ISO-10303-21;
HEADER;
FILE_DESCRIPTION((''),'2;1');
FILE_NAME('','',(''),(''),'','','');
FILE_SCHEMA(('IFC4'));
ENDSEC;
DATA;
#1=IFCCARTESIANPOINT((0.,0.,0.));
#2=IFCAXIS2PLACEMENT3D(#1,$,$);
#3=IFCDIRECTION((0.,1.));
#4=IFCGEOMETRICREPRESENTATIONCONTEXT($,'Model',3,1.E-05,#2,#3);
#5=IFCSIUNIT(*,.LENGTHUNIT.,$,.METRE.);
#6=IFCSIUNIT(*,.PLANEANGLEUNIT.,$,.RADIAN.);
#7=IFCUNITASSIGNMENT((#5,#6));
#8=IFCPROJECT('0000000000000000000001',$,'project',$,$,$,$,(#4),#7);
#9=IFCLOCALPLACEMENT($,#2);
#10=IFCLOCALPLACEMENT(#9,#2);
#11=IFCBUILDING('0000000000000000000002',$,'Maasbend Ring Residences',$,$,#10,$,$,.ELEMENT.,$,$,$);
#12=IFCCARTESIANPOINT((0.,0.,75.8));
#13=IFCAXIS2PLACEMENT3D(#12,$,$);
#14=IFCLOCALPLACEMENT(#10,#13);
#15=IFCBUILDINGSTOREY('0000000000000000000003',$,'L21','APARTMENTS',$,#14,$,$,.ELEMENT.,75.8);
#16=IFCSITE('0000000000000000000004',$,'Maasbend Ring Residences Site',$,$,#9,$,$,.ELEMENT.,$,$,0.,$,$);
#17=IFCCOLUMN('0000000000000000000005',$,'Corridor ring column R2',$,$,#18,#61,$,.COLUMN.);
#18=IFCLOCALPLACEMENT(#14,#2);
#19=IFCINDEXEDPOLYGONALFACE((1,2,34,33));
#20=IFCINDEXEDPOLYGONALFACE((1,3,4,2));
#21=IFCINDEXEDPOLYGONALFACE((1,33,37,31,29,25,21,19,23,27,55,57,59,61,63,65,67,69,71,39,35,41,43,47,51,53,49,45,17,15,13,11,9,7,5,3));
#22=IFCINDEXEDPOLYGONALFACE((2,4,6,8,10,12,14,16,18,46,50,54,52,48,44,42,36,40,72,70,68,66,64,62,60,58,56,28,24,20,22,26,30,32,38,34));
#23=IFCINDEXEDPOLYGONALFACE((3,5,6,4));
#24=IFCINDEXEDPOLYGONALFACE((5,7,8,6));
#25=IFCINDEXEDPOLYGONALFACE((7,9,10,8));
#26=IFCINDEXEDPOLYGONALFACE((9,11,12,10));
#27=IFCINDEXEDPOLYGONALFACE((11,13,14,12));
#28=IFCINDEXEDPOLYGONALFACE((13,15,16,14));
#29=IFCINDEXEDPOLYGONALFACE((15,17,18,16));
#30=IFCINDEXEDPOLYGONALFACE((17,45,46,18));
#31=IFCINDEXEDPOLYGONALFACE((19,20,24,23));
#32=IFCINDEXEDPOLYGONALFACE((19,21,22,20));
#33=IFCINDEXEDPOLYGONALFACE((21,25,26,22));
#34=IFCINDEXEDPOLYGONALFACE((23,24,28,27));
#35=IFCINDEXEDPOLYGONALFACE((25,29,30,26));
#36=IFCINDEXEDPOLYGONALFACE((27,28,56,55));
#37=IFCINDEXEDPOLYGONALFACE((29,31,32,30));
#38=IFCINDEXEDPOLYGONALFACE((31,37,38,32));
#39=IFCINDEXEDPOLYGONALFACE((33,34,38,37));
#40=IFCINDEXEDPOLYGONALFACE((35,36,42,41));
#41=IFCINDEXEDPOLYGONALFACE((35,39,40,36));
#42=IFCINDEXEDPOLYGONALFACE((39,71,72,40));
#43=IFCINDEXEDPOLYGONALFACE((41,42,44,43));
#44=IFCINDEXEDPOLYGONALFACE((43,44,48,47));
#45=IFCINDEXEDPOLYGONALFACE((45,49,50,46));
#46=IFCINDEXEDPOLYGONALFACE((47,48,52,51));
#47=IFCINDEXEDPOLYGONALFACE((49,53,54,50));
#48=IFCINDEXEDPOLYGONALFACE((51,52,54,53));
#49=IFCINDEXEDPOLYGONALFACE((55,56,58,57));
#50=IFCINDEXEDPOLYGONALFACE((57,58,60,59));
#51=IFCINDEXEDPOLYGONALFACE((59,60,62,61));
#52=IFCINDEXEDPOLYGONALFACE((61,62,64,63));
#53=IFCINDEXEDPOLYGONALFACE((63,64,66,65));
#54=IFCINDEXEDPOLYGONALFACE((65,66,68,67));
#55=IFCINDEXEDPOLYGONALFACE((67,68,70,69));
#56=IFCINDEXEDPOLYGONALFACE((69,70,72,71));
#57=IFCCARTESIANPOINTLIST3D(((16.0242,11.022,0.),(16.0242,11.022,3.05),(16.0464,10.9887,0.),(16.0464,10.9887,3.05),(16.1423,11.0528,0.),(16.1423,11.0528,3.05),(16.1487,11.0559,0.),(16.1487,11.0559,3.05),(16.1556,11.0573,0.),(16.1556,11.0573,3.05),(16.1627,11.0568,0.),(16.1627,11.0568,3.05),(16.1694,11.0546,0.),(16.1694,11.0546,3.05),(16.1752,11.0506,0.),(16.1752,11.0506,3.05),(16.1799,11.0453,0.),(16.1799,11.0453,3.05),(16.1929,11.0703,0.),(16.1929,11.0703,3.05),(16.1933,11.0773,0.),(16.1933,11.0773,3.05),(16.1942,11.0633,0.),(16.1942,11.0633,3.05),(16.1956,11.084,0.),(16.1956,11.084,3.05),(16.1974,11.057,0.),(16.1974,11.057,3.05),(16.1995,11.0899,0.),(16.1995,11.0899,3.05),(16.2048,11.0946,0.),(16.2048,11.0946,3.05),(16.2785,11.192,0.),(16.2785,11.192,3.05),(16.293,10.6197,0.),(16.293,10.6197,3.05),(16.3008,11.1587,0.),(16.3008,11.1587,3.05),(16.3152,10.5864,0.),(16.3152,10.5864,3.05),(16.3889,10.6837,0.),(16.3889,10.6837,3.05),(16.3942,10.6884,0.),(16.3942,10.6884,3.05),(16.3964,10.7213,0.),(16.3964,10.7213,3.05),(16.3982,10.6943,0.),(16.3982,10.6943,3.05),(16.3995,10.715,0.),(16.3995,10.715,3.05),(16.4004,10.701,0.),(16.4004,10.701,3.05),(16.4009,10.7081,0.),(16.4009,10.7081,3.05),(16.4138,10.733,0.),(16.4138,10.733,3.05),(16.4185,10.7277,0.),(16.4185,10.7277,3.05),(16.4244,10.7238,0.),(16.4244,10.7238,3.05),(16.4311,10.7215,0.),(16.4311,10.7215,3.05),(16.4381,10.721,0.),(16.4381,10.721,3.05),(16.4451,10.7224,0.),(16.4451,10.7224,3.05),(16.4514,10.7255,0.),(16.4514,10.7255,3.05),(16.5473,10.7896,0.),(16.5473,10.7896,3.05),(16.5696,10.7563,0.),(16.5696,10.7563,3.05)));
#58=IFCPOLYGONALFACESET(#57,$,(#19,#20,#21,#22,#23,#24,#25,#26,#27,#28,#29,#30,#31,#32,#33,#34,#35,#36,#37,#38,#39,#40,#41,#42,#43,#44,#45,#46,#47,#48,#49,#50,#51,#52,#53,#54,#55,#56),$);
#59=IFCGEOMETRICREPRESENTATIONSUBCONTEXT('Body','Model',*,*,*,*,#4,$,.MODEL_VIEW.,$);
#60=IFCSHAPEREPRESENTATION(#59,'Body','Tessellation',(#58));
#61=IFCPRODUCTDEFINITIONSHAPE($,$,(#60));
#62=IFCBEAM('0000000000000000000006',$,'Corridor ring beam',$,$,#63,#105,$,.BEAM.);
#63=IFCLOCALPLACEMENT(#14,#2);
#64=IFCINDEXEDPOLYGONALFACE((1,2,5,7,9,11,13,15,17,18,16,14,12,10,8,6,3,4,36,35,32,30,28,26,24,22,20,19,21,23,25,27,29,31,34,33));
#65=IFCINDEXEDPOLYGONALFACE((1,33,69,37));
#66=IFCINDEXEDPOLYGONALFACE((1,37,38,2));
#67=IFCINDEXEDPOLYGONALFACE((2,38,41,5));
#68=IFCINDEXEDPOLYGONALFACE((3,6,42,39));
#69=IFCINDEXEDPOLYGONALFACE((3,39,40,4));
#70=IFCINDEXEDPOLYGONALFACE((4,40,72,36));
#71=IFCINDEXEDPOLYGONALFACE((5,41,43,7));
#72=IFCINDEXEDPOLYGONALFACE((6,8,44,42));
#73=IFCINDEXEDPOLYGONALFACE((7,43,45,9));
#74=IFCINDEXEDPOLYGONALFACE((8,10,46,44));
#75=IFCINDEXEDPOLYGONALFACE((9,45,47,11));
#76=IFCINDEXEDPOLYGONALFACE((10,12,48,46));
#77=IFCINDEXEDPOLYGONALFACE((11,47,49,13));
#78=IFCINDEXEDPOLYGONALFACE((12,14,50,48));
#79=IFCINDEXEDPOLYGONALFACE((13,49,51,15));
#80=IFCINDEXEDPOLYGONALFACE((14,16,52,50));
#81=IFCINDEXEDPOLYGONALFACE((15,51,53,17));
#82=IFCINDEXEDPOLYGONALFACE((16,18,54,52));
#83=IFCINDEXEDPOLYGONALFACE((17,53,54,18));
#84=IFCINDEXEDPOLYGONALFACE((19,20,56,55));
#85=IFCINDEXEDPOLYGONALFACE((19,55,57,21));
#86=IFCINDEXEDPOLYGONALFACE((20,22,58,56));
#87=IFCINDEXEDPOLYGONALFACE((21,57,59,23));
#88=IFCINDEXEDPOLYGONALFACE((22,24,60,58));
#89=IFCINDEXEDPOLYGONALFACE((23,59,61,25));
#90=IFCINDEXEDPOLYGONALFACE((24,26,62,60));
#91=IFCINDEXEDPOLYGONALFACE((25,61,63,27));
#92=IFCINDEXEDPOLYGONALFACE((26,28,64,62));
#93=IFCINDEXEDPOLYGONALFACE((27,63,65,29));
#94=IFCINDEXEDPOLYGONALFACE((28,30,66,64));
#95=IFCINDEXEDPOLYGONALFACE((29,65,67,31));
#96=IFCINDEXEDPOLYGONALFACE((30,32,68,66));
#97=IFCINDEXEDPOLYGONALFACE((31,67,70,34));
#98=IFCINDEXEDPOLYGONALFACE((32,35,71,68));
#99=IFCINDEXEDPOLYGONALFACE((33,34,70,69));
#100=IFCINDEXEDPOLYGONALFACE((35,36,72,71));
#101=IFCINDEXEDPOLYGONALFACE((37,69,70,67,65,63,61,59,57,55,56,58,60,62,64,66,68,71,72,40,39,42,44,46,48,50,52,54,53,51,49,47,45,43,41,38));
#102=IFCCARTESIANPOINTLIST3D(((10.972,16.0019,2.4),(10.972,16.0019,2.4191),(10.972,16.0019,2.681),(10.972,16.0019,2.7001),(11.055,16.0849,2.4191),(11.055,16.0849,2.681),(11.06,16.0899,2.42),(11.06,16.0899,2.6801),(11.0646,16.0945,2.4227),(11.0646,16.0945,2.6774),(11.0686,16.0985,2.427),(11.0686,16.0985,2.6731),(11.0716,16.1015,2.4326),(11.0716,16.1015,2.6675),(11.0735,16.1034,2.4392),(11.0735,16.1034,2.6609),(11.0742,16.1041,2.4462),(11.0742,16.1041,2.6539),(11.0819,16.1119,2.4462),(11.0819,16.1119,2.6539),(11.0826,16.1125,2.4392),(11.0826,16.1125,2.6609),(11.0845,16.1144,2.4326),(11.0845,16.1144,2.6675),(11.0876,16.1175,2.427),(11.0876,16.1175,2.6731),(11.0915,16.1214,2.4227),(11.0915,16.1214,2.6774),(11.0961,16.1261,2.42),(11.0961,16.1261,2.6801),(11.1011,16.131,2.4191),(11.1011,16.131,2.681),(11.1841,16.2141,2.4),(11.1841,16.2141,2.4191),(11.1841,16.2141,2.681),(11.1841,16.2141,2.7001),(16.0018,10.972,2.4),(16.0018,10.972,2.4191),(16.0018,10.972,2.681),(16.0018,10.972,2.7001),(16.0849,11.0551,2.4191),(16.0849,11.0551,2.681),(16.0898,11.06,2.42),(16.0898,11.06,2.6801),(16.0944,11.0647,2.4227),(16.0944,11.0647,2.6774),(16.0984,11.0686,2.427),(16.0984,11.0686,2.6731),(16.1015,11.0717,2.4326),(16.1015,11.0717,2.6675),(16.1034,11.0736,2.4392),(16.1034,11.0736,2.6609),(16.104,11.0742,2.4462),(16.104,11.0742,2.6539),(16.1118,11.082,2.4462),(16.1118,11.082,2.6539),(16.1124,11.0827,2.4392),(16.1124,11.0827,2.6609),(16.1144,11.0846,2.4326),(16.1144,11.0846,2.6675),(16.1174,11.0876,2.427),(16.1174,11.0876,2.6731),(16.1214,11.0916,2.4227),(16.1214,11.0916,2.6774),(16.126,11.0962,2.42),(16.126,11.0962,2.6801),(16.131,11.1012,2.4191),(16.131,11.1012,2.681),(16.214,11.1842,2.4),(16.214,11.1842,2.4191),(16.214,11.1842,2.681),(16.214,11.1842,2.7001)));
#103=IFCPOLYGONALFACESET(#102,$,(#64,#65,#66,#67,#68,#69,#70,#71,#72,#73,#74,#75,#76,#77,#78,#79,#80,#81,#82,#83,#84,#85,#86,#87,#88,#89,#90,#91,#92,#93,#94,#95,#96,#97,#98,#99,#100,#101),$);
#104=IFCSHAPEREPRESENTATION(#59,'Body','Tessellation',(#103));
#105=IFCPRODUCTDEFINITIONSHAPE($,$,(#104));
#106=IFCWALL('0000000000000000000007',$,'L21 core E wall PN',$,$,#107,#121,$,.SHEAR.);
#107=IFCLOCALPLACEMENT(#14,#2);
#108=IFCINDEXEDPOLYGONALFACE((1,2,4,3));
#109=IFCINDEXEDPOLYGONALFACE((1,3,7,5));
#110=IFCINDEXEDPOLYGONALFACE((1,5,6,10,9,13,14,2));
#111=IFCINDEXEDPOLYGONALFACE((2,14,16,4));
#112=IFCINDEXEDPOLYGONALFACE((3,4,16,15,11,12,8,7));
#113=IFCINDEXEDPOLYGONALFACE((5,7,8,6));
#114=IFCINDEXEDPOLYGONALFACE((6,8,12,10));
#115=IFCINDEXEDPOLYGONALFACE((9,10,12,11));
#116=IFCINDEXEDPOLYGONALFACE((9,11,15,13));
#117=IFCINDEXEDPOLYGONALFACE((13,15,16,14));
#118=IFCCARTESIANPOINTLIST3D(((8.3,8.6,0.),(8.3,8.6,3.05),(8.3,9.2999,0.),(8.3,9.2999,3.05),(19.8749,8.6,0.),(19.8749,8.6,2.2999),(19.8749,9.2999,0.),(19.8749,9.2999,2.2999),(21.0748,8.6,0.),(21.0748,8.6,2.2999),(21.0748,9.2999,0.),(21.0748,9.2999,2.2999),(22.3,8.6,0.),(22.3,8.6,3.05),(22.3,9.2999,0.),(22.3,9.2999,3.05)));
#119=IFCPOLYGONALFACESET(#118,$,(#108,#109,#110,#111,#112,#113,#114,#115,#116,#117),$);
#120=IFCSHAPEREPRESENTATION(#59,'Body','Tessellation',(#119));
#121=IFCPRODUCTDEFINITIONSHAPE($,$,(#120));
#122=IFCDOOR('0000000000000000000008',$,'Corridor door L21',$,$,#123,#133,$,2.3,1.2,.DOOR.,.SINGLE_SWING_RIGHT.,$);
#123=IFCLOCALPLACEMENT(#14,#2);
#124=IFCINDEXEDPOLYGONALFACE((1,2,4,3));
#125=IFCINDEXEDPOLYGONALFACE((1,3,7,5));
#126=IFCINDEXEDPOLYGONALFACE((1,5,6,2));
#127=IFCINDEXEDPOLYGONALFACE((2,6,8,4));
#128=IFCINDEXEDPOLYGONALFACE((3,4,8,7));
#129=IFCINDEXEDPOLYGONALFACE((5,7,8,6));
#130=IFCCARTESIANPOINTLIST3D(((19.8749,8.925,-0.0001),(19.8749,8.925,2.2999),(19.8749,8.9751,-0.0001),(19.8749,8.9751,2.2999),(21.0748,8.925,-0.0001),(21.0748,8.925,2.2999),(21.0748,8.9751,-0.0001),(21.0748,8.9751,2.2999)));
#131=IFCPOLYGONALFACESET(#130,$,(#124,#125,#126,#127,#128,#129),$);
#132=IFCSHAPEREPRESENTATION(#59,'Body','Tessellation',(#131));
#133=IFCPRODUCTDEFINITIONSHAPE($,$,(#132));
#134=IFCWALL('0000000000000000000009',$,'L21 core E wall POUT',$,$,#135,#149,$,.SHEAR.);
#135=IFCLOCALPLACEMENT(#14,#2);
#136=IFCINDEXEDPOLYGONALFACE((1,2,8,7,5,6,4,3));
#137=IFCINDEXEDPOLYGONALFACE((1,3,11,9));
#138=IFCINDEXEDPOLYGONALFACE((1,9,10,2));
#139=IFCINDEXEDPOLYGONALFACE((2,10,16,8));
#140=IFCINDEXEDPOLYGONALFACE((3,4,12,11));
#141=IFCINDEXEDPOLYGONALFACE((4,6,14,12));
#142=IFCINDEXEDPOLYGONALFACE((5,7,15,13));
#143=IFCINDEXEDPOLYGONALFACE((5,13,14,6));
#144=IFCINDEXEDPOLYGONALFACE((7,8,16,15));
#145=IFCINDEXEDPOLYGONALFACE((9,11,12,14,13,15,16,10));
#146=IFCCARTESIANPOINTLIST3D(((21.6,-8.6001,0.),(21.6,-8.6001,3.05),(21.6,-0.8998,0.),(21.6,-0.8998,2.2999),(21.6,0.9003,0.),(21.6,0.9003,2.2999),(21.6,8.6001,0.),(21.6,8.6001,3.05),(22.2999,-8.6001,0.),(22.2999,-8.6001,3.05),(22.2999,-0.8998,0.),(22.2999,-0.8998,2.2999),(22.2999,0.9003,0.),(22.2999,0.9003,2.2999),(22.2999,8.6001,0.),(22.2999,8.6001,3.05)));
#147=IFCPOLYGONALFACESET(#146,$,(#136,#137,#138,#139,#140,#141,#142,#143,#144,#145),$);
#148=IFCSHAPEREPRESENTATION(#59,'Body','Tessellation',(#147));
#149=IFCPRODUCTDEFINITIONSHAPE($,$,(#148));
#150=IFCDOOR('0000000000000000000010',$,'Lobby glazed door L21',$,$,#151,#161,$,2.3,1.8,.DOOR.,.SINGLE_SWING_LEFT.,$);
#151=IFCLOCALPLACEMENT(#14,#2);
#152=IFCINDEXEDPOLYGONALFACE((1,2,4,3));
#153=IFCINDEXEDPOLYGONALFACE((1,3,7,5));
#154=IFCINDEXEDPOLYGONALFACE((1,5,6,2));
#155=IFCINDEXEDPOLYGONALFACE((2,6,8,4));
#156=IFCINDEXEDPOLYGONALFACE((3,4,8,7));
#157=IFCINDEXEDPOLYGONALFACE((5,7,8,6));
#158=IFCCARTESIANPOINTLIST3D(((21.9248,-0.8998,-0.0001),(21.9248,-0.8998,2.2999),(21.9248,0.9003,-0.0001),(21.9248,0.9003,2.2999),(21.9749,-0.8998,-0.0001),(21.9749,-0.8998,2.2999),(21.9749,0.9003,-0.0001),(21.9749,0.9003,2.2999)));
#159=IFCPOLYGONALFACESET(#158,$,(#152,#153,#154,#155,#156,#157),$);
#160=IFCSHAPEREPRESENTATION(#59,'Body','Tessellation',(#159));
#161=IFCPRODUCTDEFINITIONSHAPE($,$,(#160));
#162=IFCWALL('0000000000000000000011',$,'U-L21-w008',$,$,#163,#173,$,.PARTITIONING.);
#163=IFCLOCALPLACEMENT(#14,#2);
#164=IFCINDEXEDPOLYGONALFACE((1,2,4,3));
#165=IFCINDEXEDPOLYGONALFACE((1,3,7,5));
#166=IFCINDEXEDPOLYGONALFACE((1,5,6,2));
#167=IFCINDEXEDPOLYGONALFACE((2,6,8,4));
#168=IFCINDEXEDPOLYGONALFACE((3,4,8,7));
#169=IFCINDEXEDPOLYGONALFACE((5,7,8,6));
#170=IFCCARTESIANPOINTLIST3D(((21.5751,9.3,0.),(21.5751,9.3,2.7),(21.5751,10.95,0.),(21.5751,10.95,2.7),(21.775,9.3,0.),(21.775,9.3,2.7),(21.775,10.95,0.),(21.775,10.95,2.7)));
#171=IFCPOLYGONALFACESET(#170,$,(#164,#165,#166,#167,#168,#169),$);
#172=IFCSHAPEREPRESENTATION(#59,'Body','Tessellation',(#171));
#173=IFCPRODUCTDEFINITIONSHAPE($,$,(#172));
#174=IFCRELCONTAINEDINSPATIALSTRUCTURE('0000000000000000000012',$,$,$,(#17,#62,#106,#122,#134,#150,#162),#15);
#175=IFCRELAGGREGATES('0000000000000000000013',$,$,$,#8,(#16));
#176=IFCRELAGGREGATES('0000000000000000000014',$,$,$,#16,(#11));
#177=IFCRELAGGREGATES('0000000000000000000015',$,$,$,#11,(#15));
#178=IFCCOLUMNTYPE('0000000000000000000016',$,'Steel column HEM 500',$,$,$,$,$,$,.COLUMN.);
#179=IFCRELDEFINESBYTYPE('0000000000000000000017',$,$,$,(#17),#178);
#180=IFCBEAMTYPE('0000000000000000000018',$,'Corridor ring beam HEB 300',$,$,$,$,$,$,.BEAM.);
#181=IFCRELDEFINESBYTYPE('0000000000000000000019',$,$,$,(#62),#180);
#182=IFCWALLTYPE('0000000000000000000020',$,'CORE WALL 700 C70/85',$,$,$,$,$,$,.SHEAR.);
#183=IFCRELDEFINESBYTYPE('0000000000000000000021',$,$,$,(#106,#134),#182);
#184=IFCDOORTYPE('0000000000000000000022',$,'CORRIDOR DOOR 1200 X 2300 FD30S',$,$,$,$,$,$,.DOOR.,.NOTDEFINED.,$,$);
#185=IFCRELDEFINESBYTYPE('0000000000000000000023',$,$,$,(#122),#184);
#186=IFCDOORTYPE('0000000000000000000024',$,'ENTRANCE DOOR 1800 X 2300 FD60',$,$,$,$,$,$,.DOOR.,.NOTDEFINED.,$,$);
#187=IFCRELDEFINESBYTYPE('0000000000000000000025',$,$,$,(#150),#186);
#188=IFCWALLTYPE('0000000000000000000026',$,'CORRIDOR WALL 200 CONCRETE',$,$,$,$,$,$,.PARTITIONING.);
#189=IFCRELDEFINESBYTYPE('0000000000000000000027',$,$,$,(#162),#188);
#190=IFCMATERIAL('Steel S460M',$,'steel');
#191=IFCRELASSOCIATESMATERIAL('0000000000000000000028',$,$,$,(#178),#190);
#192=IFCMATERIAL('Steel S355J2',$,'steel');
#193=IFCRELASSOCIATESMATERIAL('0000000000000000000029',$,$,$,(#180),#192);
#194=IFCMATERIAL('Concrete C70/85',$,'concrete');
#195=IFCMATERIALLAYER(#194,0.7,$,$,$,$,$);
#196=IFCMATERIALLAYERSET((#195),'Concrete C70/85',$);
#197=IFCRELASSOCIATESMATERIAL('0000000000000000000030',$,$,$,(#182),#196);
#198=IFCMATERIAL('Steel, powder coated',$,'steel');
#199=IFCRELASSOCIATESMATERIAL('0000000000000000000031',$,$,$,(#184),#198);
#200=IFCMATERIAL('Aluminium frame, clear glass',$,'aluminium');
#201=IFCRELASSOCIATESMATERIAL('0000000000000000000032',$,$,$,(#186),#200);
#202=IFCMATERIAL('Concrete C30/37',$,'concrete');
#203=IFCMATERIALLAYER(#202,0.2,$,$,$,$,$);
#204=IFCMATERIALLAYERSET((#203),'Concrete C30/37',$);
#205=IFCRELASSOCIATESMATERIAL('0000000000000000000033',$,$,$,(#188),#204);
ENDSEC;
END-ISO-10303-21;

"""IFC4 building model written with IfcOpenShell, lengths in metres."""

from ifc_helpers import new_model, si_unit, direction, frame, frame_2d, origin, origin_2d, place, context, subcontext, project, spatial, rectangle, i_section, extrude, material, layer, layer_set, material_profile, profile_set, type_object, element, fill, save


model = new_model("IFC4")

# Units and contexts
model_context = context("Model", 3, precision=1e-05, world=origin(), true_north=direction((0.0, 1.0)))
body_context = subcontext(model_context, "Body", "Model", "MODEL_VIEW")
ifc_project = project(units=[si_unit("LENGTHUNIT", "METRE"), si_unit("PLANEANGLEUNIT", "RADIAN")], contexts=[model_context])

# Site, building, storey
site_placement = place(None, origin())
site = spatial("IfcSite", under=ifc_project, at=site_placement, Name="Maasbend Ring Residences Site", CompositionType="ELEMENT", RefElevation=0.0)
building_placement = place(site_placement, origin())
building = spatial("IfcBuilding", under=site, at=building_placement, Name="Maasbend Ring Residences", CompositionType="ELEMENT")
storey_placement = place(building_placement, frame((0.0, 0.0, 75.8)))
storey = spatial("IfcBuildingStorey", under=building, at=storey_placement, Name="L21", Description="APARTMENTS", CompositionType="ELEMENT", Elevation=75.8)

# Column
ifc_material_1 = material(Name="Steel S460M", Category="steel")
ifc_material_profile_1 = material_profile(ifc_material_1, i_section(OverallWidth=0.3059, OverallDepth=0.5239, WebThickness=0.021, FlangeThickness=0.04, FilletRadius=0.0271, at=origin_2d()), Name="HEM 500")
ifc_profile_set_1 = profile_set([ifc_material_profile_1], Name="Steel S460M")
column_type = type_object("IfcColumnType", Name="Steel column HEM 500", PredefinedType="COLUMN", material=ifc_profile_set_1)
column_placement = place(storey_placement, frame((16.2969, 10.8892, 0.0), z_axis=(0.0, 0.0, 1.0), x_axis=(0.83147, 0.55557, 0.0)))
element("IfcColumn", 1, at=column_placement, inside=storey, type_object=column_type, Name="Corridor ring column R2", PredefinedType="COLUMN", context=body_context, shape_type="SweptSolid", body=[
    extrude(i_section(OverallWidth=0.3059, OverallDepth=0.5239, WebThickness=0.021, FlangeThickness=0.04, FilletRadius=0.0271, at=origin_2d()), origin(), (0.0, 0.0, 1.0), 3.05),
])

# Beam
ifc_material_2 = material(Name="Steel S355J2", Category="steel")
ifc_material_profile_2 = material_profile(ifc_material_2, i_section(OverallWidth=0.3, OverallDepth=0.3, WebThickness=0.011, FlangeThickness=0.019, FilletRadius=0.0271, at=origin_2d()), Name="HEB 300")
ifc_profile_set_2 = profile_set([ifc_material_profile_2], Name="Steel S355J2")
beam_type = type_object("IfcBeamType", Name="Corridor ring beam HEB 300", PredefinedType="BEAM", material=ifc_profile_set_2)
beam_placement = place(storey_placement, frame((16.1079, 11.0781, 2.55), z_axis=(-0.707107, 0.707107, 0.0), x_axis=(-0.707107, -0.707107, 0.0)))
element("IfcBeam", 2, at=beam_placement, inside=storey, type_object=beam_type, Name="Corridor ring beam", PredefinedType="BEAM", context=body_context, shape_type="SweptSolid", body=[
    extrude(i_section(OverallWidth=0.3, OverallDepth=0.3, WebThickness=0.011, FlangeThickness=0.019, FilletRadius=0.0271, at=origin_2d()), origin(), (0.0, 0.0, 1.0), 7.1133),
])

# Walls, openings, doors
ifc_material_3 = material(Name="Concrete C70/85", Category="concrete")
ifc_layer_1 = layer(ifc_material_3, 0.7)
ifc_layer_set_1 = layer_set([ifc_layer_1], Name="Concrete C70/85")
wall_type_1 = type_object("IfcWallType", Name="CORE WALL 700 C70/85", PredefinedType="SHEAR", material=ifc_layer_set_1)
wall_1_placement = place(storey_placement, frame((22.3, 8.95, 0.0), z_axis=(0.0, 0.0, 1.0), x_axis=(-1.0, 0.0, 0.0)))
wall_1 = element("IfcWall", 3, at=wall_1_placement, inside=storey, type_object=wall_type_1, Name="L21 core E wall PN", PredefinedType="SHEAR", context=body_context, shape_type="SweptSolid", body=[
    extrude(rectangle(XDim=14.0, YDim=0.7, at=frame_2d((7.0, 0.0))), origin(), (0.0, 0.0, 1.0), 3.05),
])
opening_1_placement = place(wall_1_placement, frame((1.2251, 0.0, 0.0)))
opening_1 = element("IfcOpeningElement", 4, at=opening_1_placement, cuts=wall_1, PredefinedType="OPENING", context=body_context, shape_type="SweptSolid", body=[
    extrude(rectangle(XDim=1.2, YDim=2.3, at=frame_2d((0.6001, 1.1499))), frame((0.0, 0.3599, 0.0), z_axis=(0.0, -1.0, 0.0), x_axis=(1.0, 0.0, 0.0)), (0.0, 0.0, 1.0), 0.72),
])
ifc_material_4 = material(Name="Steel, powder coated", Category="steel")
door_type_1 = type_object("IfcDoorType", Name="CORRIDOR DOOR 1200 X 2300 FD30S", OperationType="NOTDEFINED", PredefinedType="DOOR", material=ifc_material_4)
door_1_placement = place(opening_1_placement, origin())
door_1 = element("IfcDoor", 5, at=door_1_placement, inside=storey, type_object=door_type_1, Name="Corridor door L21", OperationType="SINGLE_SWING_RIGHT", OverallHeight=2.3, OverallWidth=1.2, PredefinedType="DOOR", context=body_context, shape_type="SweptSolid", body=[
    extrude(rectangle(XDim=1.2, YDim=2.3, at=frame_2d((0.6001, 1.1499))), frame((0.0, 0.0249, 0.0), z_axis=(0.0, -1.0, 0.0), x_axis=(1.0, 0.0, 0.0)), (0.0, 0.0, 1.0), 0.05),
])
fill(opening_1, door_1)
wall_2_placement = place(storey_placement, frame((21.95, 8.6001, 0.0), z_axis=(0.0, 0.0, 1.0), x_axis=(0.0, -1.0, 0.0)))
wall_2 = element("IfcWall", 6, at=wall_2_placement, inside=storey, type_object=wall_type_1, Name="L21 core E wall POUT", PredefinedType="SHEAR", context=body_context, shape_type="SweptSolid", body=[
    extrude(rectangle(XDim=17.2002, YDim=0.7, at=frame_2d((8.6001, 0.0))), origin(), (0.0, 0.0, 1.0), 3.05),
])
opening_2_placement = place(wall_2_placement, frame((7.7, 0.0, 0.0)))
opening_2 = element("IfcOpeningElement", 7, at=opening_2_placement, cuts=wall_2, PredefinedType="OPENING", context=body_context, shape_type="SweptSolid", body=[
    extrude(rectangle(XDim=1.8, YDim=2.3, at=frame_2d((0.8999, 1.1499))), frame((0.0, 0.3599, 0.0), z_axis=(0.0, -1.0, 0.0), x_axis=(1.0, 0.0, 0.0)), (0.0, 0.0, 1.0), 0.72),
])
ifc_material_5 = material(Name="Aluminium frame, clear glass", Category="aluminium")
door_type_2 = type_object("IfcDoorType", Name="ENTRANCE DOOR 1800 X 2300 FD60", OperationType="NOTDEFINED", PredefinedType="DOOR", material=ifc_material_5)
door_2_placement = place(opening_2_placement, origin())
door_2 = element("IfcDoor", 8, at=door_2_placement, inside=storey, type_object=door_type_2, Name="Lobby glazed door L21", OperationType="SINGLE_SWING_LEFT", OverallHeight=2.3, OverallWidth=1.8, PredefinedType="DOOR", context=body_context, shape_type="SweptSolid", body=[
    extrude(rectangle(XDim=1.8, YDim=2.3, at=frame_2d((0.8999, 1.1499))), frame((0.0, 0.0249, 0.0), z_axis=(0.0, -1.0, 0.0), x_axis=(1.0, 0.0, 0.0)), (0.0, 0.0, 1.0), 0.05),
])
fill(opening_2, door_2)

# Wall
ifc_material_6 = material(Name="Concrete C30/37", Category="concrete")
ifc_layer_2 = layer(ifc_material_6, 0.2)
ifc_layer_set_2 = layer_set([ifc_layer_2], Name="Concrete C30/37")
wall_type_2 = type_object("IfcWallType", Name="CORRIDOR WALL 200 CONCRETE", PredefinedType="PARTITIONING", material=ifc_layer_set_2)
wall_3_placement = place(storey_placement, frame((21.675, 9.3, 0.0), z_axis=(0.0, 0.0, 1.0), x_axis=(0.0, 1.0, 0.0)))
element("IfcWall", 9, at=wall_3_placement, inside=storey, type_object=wall_type_2, Name="U-L21-w008", PredefinedType="PARTITIONING", context=body_context, shape_type="SweptSolid", body=[
    extrude(rectangle(XDim=1.6499, YDim=0.2, at=frame_2d((0.825, 0.0))), origin(), (0.0, 0.0, 1.0), 2.7),
])

save(model, "model.ifc")
